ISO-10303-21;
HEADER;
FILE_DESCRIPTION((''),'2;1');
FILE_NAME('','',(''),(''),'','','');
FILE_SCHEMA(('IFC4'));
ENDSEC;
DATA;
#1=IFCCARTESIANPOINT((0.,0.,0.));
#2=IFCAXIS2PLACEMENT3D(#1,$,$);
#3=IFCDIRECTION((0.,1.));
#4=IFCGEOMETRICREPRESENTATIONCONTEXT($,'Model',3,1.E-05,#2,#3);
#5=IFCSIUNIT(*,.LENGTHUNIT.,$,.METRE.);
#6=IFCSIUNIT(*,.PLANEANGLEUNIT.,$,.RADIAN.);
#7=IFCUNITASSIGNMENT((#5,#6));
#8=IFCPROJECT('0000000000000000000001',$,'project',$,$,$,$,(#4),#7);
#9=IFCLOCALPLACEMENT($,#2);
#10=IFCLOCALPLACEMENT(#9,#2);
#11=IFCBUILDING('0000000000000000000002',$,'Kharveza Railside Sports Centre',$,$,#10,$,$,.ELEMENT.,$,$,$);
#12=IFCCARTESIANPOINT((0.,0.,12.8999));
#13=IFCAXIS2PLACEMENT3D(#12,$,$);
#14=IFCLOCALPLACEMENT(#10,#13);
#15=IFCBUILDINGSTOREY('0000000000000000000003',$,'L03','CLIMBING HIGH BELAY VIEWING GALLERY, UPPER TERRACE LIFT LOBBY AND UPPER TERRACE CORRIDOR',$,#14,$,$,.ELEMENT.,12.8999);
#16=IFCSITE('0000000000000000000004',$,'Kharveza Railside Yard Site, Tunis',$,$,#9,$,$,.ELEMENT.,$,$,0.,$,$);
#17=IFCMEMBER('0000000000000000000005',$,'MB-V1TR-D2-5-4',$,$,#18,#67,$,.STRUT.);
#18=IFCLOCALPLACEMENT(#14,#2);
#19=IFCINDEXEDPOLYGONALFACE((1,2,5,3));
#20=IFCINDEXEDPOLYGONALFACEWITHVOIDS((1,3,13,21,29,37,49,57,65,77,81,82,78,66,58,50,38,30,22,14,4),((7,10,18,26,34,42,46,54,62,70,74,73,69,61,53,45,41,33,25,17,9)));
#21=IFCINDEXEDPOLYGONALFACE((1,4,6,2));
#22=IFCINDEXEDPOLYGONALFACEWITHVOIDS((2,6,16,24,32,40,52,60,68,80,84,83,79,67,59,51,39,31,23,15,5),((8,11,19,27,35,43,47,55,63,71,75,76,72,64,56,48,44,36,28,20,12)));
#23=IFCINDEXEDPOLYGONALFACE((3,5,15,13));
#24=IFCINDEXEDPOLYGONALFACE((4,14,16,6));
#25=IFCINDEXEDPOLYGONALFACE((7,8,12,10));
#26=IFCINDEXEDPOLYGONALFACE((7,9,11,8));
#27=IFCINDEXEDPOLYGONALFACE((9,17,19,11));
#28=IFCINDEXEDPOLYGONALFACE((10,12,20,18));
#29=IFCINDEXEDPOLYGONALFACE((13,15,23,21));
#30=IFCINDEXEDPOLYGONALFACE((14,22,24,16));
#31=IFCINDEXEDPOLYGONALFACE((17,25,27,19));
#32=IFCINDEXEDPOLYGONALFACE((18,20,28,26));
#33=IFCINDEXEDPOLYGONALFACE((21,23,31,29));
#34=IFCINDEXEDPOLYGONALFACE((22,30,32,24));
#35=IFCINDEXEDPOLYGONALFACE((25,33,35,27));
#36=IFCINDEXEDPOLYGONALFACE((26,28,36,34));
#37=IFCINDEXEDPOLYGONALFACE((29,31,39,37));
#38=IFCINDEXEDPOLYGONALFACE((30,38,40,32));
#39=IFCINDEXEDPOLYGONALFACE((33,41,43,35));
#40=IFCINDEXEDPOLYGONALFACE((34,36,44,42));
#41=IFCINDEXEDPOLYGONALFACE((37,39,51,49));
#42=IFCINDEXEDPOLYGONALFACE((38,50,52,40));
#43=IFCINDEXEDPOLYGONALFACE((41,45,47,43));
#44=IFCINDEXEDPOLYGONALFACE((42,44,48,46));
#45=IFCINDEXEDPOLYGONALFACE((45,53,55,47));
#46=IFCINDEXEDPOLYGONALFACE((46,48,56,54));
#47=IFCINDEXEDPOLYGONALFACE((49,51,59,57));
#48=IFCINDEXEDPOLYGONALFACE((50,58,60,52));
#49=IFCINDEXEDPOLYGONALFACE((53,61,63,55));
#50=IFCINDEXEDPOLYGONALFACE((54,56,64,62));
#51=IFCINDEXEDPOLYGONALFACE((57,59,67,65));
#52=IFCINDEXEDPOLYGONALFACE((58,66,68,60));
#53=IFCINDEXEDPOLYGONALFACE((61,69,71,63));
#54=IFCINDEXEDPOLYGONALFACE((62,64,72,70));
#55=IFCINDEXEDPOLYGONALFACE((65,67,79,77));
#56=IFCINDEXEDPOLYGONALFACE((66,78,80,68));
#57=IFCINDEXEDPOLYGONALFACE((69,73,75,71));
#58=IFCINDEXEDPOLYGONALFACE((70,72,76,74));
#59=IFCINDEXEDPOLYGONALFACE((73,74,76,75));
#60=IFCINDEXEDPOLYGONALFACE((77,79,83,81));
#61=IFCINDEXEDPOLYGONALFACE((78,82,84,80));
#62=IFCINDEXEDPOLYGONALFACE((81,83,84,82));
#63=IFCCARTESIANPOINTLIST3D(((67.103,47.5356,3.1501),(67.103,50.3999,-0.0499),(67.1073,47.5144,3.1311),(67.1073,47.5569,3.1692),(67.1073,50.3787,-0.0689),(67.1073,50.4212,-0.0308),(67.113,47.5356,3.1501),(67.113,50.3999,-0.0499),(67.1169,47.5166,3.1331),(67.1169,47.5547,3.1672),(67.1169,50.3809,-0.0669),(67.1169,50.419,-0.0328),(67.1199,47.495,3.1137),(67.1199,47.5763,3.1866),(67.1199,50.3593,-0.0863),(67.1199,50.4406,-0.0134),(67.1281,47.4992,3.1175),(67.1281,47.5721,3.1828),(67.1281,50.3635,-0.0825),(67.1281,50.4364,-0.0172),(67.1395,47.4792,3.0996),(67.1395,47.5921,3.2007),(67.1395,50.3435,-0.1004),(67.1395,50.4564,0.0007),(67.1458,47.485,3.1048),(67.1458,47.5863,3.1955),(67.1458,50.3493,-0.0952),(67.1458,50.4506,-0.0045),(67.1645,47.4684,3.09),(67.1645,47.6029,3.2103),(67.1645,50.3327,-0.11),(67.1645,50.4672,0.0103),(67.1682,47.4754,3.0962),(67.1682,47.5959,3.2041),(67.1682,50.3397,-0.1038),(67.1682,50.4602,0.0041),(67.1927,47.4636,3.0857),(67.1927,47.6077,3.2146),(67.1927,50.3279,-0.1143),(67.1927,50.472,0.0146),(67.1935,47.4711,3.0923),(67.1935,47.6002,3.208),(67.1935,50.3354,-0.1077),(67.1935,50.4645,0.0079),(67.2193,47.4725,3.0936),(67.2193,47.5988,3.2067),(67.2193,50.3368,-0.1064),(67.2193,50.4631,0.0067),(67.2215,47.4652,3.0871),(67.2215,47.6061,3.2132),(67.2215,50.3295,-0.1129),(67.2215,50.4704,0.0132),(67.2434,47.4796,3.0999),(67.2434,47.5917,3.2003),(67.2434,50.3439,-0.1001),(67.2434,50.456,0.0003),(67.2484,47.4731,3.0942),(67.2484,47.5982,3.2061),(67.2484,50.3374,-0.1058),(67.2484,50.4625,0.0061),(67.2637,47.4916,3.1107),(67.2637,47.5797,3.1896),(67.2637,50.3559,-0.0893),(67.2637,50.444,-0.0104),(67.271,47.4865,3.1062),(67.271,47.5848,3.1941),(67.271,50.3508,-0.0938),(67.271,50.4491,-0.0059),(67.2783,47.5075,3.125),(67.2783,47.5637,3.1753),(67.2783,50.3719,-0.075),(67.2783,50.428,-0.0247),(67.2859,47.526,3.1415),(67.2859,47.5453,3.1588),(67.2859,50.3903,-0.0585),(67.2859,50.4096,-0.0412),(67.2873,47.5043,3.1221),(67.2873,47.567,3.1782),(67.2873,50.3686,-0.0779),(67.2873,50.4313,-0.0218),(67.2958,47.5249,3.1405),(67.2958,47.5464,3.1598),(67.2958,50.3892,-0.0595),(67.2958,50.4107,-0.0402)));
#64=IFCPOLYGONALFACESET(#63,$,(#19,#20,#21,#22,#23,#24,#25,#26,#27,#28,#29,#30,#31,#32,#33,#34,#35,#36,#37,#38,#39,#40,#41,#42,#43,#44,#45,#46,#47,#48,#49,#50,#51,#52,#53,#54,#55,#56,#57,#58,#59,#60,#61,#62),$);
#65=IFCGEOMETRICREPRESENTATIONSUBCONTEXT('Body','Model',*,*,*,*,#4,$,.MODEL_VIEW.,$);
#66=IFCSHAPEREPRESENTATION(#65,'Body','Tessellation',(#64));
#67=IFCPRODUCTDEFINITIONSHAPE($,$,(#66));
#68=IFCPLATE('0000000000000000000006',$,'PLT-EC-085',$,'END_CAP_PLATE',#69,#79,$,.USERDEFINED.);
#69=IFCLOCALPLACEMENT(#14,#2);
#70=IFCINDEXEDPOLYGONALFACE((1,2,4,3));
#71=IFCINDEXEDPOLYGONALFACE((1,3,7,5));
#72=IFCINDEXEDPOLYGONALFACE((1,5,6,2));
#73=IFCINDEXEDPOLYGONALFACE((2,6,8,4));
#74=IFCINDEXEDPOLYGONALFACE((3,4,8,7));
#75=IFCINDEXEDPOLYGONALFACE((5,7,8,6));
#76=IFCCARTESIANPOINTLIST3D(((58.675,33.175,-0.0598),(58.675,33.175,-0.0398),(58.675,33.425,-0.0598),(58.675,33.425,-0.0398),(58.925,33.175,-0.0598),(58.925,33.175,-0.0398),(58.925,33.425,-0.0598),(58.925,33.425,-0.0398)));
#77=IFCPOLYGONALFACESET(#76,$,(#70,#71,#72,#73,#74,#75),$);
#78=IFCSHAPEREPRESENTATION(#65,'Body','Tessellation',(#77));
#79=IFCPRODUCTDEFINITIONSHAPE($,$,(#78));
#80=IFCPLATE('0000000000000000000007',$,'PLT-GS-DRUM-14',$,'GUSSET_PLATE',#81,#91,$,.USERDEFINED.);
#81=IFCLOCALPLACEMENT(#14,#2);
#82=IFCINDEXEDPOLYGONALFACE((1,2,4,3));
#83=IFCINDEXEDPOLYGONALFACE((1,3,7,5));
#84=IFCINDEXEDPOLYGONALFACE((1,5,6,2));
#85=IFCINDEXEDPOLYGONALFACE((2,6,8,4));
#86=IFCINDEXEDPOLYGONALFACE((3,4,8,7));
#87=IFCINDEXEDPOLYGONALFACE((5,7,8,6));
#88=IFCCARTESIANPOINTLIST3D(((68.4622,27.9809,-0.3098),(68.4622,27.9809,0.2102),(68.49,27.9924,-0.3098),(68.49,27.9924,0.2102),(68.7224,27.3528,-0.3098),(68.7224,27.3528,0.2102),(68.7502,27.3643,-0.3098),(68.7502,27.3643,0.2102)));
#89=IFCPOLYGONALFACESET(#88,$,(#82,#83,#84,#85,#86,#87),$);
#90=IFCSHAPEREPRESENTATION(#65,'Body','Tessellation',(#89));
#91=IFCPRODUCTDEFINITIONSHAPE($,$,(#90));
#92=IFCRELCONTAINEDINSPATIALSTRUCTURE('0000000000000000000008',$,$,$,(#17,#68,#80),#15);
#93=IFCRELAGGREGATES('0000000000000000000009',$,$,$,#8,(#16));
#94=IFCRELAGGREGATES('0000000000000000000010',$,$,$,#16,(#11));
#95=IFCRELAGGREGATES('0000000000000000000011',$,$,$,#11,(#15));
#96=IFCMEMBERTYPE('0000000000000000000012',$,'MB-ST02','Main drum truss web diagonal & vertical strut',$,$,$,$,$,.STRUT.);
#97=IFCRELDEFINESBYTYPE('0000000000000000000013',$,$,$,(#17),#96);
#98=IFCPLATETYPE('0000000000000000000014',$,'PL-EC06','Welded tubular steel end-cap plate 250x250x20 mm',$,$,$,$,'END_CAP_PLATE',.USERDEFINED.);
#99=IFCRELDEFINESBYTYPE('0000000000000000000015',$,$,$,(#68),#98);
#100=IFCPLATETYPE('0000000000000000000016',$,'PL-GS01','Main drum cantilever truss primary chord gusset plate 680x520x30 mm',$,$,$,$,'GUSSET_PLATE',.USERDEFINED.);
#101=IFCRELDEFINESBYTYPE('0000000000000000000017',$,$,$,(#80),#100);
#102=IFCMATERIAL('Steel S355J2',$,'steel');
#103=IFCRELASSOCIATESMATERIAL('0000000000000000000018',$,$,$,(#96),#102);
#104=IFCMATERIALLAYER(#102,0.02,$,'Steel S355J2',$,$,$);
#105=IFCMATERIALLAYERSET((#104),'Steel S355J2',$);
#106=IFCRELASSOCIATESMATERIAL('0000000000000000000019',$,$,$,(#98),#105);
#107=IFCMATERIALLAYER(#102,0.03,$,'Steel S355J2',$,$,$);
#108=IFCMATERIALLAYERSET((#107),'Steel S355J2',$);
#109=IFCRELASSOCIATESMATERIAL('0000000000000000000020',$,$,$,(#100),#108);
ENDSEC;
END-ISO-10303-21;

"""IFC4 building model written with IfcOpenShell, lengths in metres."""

from ifc_helpers import new_model, si_unit, direction, frame, origin, origin_2d, place, context, subcontext, project, spatial, rectangle, hollow_circle, extrude, material, layer, layer_set, material_profile, profile_set, type_object, element, save


model = new_model("IFC4")

# Units and contexts
model_context = context("Model", 3, precision=1e-05, world=origin(), true_north=direction((0.0, 1.0)))
body_context = subcontext(model_context, "Body", "Model", "MODEL_VIEW")
ifc_project = project(units=[si_unit("LENGTHUNIT", "METRE"), si_unit("PLANEANGLEUNIT", "RADIAN")], contexts=[model_context])

# Site, building, storey
site_placement = place(None, origin())
site = spatial("IfcSite", under=ifc_project, at=site_placement, Name="Kharveza Railside Yard Site, Tunis", CompositionType="ELEMENT", RefElevation=0.0)
building_placement = place(site_placement, origin())
building = spatial("IfcBuilding", under=site, at=building_placement, Name="Kharveza Railside Sports Centre", CompositionType="ELEMENT")
storey_placement = place(building_placement, frame((0.0, 0.0, 12.8999)))
storey = spatial("IfcBuildingStorey", under=building, at=storey_placement, Name="L03", Description="CLIMBING HIGH BELAY VIEWING GALLERY, UPPER TERRACE LIFT LOBBY AND UPPER TERRACE CORRIDOR", CompositionType="ELEMENT", Elevation=12.8999)

# Member
ifc_material = material(Name="Steel S355J2", Category="steel")
ifc_material_profile_1 = material_profile(ifc_material, hollow_circle(Radius=0.0969, WallThickness=0.01, at=origin_2d()), Name="CHS 193.7x10.0")
ifc_profile_set_1 = profile_set([ifc_material_profile_1], Name="Steel S355J2")
member_type_1 = type_object("IfcMemberType", Name="MB-ST02", Description="Main drum truss web diagonal & vertical strut", PredefinedType="STRUT", material=ifc_profile_set_1)
for number, where, z_axis, x_axis, name in (
    (1, (67.2, 47.5356, 3.1501), (0.0, 0.666943, -0.745109), (-1.0, 0.0, 0.0), "MB-V1TR-D2-5-4"),
):
    element("IfcMember", number, at=place(storey_placement, frame(where, z_axis=z_axis, x_axis=x_axis)), inside=storey, type_object=member_type_1, Name=name, PredefinedType="STRUT", context=body_context, shape_type="SweptSolid", body=[
        extrude(hollow_circle(Radius=0.0969, WallThickness=0.01, at=origin_2d()), origin(), (0.0, 0.0, 1.0), 4.2947),
    ])

# Plates
ifc_layer_1 = layer(ifc_material, 0.02, Name="Steel S355J2")
ifc_layer_set_1 = layer_set([ifc_layer_1], Name="Steel S355J2")
plate_type_1 = type_object("IfcPlateType", Name="PL-EC06", Description="Welded tubular steel end-cap plate 250x250x20 mm", ElementType="END_CAP_PLATE", PredefinedType="USERDEFINED", material=ifc_layer_set_1)
plate_1_placement = place(storey_placement, frame((58.8, 33.3, -0.0598), z_axis=(0.0, 0.0, 1.0), x_axis=(1.0, 0.0, 0.0)))
element("IfcPlate", 2, at=plate_1_placement, inside=storey, type_object=plate_type_1, Name="PLT-EC-085", ObjectType="END_CAP_PLATE", PredefinedType="USERDEFINED", context=body_context, shape_type="SweptSolid", body=[
    extrude(rectangle(XDim=0.25, YDim=0.25, at=origin_2d()), origin(), (0.0, 0.0, 1.0), 0.02),
])
ifc_layer_2 = layer(ifc_material, 0.03, Name="Steel S355J2")
ifc_layer_set_2 = layer_set([ifc_layer_2], Name="Steel S355J2")
plate_type_2 = type_object("IfcPlateType", Name="PL-GS01", Description="Main drum cantilever truss primary chord gusset plate 680x520x30 mm", ElementType="GUSSET_PLATE", PredefinedType="USERDEFINED", material=ifc_layer_set_2)
plate_2_placement = place(storey_placement, frame((68.6062, 27.6726, -0.3098), z_axis=(0.0, 0.0, 1.0), x_axis=(0.382683, -0.92388, 0.0)))
element("IfcPlate", 3, at=plate_2_placement, inside=storey, type_object=plate_type_2, Name="PLT-GS-DRUM-14", ObjectType="GUSSET_PLATE", PredefinedType="USERDEFINED", context=body_context, shape_type="SweptSolid", body=[
    extrude(rectangle(XDim=0.6799, YDim=0.03, at=origin_2d()), origin(), (0.0, 0.0, 1.0), 0.52),
])

save(model, "model.ifc")
